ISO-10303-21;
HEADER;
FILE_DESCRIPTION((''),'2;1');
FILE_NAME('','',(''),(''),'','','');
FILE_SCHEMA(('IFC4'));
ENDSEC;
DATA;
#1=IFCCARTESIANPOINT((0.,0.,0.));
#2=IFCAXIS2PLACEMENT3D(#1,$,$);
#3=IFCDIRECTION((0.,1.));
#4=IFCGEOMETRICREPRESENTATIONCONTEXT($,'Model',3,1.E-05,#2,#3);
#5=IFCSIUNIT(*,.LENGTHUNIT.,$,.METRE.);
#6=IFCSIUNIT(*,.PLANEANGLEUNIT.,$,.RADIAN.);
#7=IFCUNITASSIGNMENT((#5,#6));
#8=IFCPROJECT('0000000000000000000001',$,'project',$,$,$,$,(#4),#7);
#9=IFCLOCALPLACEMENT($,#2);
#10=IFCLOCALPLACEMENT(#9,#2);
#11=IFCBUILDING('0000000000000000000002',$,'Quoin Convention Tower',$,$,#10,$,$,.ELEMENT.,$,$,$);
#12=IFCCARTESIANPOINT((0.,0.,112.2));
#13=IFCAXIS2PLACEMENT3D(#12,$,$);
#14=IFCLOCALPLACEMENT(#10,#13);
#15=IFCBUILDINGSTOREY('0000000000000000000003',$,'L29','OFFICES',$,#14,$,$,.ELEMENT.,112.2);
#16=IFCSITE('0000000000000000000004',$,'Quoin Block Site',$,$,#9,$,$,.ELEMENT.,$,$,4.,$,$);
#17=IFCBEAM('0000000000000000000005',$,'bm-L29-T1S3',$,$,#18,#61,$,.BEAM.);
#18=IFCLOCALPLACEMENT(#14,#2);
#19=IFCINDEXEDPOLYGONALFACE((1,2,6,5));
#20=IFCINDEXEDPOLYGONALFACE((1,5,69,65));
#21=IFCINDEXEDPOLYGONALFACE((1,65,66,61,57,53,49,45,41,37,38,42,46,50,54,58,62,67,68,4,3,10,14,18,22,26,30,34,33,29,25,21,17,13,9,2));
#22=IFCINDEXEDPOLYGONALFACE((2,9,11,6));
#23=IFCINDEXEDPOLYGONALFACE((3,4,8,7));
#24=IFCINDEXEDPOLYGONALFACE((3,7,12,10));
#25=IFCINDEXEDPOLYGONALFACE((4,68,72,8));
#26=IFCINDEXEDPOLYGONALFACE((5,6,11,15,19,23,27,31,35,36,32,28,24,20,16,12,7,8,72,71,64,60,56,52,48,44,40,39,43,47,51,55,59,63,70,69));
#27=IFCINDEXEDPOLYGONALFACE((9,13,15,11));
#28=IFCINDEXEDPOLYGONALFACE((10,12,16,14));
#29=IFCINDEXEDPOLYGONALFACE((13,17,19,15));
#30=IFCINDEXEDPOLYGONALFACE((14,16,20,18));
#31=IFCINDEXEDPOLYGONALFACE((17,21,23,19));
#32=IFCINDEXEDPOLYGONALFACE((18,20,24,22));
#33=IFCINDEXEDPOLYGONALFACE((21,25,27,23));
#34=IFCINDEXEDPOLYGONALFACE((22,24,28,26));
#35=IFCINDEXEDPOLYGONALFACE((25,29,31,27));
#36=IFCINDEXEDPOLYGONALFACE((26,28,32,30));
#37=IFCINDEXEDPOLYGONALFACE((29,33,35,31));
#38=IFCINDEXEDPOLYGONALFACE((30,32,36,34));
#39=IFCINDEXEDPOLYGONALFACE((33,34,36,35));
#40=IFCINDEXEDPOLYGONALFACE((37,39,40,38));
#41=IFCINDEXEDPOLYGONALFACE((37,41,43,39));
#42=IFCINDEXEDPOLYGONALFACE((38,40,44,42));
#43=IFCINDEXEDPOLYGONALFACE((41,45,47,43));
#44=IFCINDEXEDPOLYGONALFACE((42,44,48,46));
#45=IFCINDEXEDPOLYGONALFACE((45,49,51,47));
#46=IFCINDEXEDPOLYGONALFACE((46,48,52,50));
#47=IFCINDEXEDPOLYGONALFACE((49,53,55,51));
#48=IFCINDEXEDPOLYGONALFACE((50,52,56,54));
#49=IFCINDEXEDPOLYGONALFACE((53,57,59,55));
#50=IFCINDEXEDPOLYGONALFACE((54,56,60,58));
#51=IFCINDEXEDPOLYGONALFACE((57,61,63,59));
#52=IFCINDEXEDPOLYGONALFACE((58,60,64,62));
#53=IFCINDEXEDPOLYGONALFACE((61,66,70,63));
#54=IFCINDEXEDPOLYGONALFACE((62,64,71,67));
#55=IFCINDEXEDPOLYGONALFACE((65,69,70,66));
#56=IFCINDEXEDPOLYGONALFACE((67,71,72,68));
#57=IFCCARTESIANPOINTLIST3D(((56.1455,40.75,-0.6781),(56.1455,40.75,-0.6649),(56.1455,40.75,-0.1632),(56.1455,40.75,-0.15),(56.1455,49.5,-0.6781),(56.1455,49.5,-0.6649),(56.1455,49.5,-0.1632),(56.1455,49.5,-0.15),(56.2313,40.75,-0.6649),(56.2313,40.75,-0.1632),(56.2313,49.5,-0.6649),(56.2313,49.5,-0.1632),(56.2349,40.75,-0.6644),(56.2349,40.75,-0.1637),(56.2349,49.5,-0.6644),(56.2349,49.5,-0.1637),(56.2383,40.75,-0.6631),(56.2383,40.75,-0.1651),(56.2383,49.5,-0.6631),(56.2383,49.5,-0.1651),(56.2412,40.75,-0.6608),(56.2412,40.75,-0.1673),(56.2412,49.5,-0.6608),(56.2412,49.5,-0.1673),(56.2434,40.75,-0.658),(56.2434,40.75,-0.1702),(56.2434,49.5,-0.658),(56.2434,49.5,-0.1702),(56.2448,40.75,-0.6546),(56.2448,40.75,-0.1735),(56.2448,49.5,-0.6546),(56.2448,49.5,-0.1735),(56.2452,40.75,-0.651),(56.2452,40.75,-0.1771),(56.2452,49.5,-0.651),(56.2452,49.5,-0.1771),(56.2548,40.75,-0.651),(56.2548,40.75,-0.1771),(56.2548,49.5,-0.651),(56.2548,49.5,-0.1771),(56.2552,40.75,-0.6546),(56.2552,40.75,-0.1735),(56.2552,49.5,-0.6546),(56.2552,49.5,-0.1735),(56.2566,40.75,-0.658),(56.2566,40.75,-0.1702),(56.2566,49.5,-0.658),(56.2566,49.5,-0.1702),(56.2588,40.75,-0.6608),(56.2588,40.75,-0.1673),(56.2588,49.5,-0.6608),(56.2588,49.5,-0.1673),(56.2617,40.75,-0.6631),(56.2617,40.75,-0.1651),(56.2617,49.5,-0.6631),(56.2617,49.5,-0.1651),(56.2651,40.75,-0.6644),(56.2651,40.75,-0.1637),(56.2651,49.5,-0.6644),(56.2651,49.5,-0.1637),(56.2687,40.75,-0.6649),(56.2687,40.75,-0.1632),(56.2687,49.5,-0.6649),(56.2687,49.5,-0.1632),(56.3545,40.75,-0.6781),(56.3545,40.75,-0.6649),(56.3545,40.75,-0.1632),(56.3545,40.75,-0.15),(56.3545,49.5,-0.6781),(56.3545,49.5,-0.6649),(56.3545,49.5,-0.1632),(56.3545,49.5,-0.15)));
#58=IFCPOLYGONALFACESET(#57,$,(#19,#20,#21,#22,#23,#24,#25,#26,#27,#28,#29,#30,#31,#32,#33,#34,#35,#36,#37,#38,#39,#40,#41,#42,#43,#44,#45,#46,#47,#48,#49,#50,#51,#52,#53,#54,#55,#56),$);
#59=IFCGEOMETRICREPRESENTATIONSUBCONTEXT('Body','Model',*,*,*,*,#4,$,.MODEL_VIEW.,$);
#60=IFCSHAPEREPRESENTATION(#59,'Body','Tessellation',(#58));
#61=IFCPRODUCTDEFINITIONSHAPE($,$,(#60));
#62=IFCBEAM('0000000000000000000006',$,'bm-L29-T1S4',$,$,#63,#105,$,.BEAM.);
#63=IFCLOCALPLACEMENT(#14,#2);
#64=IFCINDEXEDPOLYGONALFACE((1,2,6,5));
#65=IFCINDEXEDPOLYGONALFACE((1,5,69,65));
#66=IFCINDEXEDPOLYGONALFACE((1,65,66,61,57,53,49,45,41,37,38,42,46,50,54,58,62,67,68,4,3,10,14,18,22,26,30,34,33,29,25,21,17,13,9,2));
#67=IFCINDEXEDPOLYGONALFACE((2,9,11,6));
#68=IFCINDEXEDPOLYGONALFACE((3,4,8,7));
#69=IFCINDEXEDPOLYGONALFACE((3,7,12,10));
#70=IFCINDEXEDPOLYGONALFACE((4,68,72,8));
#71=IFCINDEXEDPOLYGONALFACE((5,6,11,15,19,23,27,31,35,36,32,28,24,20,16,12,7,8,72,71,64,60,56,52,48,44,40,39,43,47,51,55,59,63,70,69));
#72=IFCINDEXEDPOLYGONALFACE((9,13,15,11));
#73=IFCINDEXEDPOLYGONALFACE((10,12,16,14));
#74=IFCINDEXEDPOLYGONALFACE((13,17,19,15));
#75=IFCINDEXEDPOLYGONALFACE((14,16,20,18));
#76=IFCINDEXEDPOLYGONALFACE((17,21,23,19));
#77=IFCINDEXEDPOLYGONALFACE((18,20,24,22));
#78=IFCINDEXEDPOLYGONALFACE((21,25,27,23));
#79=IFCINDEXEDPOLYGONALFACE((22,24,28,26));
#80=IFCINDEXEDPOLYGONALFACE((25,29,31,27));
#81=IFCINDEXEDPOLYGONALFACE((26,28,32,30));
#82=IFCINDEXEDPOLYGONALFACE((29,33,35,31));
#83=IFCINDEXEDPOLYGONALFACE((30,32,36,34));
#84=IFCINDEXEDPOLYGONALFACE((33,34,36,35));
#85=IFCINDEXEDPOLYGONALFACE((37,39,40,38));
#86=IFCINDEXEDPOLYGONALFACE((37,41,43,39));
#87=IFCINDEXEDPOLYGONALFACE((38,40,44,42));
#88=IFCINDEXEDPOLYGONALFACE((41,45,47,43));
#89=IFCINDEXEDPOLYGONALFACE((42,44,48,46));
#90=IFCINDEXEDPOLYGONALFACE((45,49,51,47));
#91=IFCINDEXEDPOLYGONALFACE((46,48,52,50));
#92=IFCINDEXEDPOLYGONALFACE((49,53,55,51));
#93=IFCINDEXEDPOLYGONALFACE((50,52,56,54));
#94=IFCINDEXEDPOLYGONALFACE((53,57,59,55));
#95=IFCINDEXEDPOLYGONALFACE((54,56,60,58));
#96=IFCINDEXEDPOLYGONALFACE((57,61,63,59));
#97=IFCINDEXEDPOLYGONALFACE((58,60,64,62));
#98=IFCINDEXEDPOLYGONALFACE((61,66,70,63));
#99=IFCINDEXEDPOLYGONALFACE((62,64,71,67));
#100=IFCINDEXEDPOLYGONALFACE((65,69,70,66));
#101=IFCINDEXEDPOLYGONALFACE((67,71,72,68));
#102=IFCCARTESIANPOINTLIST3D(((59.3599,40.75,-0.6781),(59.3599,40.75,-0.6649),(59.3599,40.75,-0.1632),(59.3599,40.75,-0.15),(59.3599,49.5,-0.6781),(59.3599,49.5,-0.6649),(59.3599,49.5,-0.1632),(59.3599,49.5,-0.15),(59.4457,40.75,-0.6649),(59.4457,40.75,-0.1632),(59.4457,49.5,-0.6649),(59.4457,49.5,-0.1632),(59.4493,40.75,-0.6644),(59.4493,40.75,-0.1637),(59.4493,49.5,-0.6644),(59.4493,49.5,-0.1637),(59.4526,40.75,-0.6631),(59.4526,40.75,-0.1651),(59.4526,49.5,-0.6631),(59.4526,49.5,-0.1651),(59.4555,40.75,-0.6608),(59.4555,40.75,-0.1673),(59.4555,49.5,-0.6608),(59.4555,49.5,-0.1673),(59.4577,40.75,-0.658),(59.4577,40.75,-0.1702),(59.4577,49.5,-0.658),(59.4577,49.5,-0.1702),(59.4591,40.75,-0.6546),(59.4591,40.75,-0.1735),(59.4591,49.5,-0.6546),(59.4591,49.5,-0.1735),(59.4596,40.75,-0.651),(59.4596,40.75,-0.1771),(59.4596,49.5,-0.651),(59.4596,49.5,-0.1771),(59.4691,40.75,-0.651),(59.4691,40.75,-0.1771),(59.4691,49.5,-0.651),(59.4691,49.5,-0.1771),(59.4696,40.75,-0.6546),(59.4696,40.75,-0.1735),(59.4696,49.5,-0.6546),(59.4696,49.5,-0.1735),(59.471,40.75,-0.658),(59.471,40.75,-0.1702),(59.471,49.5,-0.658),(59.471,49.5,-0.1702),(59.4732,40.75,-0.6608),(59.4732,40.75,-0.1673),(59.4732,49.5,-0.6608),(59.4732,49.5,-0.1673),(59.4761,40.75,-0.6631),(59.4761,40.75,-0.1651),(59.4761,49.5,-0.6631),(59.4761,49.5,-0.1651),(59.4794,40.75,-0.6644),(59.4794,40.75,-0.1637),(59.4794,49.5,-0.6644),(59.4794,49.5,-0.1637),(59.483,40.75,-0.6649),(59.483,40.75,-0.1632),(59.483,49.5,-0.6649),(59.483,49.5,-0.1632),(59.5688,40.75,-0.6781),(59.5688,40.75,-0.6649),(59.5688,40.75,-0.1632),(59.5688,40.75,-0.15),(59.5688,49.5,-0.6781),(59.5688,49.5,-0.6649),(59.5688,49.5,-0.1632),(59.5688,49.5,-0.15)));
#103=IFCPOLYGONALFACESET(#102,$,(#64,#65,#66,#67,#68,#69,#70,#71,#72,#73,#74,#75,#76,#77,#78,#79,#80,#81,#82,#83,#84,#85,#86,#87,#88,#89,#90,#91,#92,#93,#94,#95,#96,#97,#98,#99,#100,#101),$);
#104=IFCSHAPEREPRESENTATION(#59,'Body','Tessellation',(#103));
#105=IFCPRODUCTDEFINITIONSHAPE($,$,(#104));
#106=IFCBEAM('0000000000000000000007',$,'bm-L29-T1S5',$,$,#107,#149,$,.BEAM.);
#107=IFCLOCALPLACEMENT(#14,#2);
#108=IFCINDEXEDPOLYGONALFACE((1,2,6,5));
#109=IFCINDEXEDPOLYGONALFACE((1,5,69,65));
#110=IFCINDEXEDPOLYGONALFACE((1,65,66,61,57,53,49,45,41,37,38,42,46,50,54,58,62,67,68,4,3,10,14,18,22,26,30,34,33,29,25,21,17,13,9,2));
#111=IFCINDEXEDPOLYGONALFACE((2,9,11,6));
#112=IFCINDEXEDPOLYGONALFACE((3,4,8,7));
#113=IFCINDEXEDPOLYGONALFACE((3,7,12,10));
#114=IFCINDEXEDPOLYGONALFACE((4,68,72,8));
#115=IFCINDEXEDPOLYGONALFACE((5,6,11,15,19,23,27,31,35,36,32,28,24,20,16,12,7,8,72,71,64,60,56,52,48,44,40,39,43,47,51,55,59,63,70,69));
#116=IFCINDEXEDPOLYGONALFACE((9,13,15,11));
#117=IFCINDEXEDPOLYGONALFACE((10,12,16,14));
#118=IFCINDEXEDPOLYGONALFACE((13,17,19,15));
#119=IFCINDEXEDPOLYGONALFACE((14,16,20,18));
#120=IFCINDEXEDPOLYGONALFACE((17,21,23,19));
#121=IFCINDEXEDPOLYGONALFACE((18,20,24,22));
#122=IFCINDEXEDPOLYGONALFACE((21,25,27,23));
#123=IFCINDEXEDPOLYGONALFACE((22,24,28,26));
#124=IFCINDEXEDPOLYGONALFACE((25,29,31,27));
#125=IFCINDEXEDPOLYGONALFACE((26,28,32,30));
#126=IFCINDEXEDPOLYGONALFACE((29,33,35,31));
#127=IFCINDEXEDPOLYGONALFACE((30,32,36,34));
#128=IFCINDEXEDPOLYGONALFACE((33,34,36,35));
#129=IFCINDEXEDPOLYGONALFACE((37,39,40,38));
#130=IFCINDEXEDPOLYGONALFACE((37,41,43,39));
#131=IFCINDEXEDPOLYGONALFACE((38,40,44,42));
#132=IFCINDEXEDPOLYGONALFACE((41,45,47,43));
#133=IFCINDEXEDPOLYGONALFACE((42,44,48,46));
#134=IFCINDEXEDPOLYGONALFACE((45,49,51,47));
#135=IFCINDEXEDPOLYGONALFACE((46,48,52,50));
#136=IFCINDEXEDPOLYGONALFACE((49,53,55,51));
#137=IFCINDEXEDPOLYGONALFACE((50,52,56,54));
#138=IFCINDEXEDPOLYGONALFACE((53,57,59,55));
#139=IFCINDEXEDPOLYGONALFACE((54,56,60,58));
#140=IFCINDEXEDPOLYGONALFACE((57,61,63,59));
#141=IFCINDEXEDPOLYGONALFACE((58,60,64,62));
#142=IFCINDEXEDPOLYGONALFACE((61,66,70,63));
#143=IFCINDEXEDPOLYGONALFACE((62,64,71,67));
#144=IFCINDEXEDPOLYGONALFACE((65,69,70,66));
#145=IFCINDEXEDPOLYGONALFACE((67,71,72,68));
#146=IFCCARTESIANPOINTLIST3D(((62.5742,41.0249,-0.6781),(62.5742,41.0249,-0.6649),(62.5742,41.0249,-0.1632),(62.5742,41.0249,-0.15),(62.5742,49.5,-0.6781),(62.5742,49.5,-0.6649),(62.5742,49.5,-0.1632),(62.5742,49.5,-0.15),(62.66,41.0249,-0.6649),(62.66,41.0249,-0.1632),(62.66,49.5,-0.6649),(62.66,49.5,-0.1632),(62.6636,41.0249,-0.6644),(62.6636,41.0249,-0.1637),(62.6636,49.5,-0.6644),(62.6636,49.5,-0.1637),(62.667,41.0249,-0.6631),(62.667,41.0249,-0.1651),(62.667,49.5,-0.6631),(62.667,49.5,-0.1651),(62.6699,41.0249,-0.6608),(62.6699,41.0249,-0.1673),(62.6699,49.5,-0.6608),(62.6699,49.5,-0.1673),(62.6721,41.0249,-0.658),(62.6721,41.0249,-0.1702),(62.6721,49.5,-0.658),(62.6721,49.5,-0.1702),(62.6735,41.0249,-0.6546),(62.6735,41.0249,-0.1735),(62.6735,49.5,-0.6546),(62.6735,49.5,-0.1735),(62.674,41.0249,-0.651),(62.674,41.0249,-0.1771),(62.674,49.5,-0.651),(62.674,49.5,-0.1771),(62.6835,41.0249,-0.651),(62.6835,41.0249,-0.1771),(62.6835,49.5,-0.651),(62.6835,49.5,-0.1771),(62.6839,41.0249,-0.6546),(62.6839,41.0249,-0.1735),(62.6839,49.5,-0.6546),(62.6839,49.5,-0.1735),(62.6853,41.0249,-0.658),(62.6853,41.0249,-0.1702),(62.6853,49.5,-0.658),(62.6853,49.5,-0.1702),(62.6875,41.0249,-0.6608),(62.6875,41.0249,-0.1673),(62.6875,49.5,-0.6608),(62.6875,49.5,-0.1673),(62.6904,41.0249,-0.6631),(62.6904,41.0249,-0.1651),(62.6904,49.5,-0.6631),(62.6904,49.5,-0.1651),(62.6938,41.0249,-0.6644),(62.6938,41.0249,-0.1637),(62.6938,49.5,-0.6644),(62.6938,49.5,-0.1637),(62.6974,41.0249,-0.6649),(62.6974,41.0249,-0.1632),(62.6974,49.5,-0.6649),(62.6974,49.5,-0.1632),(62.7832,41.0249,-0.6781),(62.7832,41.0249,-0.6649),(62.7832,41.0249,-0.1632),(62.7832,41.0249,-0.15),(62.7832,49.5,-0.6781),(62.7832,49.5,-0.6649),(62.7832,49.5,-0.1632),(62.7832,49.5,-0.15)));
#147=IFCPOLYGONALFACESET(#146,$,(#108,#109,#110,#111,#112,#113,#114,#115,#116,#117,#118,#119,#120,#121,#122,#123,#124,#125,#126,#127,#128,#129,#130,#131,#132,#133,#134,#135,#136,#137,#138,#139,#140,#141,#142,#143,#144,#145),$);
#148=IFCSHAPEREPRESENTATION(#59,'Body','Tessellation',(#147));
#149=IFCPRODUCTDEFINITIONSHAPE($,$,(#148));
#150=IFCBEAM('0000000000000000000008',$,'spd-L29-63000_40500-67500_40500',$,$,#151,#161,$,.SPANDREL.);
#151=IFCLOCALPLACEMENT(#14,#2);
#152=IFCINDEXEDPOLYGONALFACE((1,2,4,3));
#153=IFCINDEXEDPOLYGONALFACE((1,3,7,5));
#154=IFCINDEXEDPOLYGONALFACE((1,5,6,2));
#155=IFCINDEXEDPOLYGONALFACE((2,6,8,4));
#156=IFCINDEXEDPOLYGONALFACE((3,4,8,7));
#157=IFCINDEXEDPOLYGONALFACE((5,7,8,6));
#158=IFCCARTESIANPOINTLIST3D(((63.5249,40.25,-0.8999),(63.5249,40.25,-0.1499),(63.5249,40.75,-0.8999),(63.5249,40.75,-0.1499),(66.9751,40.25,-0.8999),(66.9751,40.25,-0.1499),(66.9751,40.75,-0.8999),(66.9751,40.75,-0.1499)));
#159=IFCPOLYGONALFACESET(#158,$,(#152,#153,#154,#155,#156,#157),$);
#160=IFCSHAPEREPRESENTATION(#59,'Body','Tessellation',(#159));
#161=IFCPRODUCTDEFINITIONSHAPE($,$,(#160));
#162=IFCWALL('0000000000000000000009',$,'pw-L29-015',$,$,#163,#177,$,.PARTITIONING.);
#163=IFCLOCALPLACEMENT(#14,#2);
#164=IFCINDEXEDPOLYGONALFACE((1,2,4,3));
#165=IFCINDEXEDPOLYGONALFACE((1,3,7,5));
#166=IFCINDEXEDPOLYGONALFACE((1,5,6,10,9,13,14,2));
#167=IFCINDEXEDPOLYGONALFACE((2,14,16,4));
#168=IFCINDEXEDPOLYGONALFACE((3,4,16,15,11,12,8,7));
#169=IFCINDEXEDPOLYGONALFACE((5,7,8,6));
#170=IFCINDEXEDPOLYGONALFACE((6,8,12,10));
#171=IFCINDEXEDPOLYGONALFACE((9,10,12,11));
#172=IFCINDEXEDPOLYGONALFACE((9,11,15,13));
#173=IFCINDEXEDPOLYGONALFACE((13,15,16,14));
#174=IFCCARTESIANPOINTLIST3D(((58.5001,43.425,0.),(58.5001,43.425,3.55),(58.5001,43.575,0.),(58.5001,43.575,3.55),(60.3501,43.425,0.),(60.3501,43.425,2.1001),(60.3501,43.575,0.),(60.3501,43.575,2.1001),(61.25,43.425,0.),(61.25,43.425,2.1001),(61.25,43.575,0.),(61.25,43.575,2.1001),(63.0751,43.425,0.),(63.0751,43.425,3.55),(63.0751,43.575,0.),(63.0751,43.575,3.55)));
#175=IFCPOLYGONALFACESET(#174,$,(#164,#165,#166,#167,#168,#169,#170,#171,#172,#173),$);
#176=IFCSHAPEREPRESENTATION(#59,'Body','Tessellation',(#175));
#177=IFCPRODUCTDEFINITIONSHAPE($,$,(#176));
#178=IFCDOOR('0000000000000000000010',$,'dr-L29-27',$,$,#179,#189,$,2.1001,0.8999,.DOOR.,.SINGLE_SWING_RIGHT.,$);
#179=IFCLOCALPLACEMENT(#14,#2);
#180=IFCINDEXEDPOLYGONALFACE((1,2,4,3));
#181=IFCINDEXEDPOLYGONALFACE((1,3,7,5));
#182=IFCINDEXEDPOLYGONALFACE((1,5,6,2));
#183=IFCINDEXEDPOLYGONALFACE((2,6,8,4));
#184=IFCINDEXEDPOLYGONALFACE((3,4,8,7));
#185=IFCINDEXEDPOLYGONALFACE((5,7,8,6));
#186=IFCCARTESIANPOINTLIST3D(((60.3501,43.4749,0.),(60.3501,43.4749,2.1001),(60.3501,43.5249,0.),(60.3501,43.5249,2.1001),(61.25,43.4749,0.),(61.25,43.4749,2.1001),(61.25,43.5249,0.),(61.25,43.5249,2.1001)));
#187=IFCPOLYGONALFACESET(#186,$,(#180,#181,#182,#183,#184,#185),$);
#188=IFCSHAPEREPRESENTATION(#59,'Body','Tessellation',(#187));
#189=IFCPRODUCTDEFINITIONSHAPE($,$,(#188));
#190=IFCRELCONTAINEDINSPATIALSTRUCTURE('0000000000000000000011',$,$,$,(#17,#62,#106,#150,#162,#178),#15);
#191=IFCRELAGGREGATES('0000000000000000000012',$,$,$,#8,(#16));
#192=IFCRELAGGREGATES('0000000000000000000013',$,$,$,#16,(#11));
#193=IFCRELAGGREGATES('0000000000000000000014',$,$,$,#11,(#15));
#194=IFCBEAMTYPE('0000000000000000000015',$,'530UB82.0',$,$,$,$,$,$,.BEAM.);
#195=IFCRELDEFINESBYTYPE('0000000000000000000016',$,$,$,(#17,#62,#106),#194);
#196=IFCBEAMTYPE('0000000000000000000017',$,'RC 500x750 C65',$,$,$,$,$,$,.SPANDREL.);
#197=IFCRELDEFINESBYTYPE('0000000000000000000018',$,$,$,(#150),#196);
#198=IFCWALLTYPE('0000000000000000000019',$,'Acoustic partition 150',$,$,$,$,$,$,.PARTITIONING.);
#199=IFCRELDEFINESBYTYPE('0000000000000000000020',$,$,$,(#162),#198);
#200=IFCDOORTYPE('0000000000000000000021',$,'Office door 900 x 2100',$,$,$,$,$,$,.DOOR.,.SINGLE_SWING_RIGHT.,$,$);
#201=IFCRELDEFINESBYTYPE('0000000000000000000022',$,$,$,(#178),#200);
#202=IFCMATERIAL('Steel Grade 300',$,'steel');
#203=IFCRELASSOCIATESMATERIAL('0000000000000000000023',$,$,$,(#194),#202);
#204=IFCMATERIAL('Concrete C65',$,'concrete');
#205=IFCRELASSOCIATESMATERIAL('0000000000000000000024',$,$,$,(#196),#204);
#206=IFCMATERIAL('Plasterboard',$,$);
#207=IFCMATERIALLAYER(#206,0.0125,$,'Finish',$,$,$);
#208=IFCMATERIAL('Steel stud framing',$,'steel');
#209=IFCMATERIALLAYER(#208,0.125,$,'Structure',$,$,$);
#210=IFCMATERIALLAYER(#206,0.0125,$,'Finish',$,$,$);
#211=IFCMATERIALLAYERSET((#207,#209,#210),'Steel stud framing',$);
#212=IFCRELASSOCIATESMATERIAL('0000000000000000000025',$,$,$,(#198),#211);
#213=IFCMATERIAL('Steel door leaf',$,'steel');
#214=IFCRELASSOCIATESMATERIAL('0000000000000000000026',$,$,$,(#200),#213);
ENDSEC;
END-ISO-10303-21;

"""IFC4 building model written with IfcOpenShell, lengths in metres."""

from ifc_helpers import new_model, si_unit, direction, frame, frame_2d, origin, origin_2d, place, context, subcontext, project, spatial, rectangle, i_section, extrude, material, layer, layer_set, material_profile, profile_set, type_object, element, fill, save


model = new_model("IFC4")

# Units and contexts
model_context = context("Model", 3, precision=1e-05, world=origin(), true_north=direction((0.0, 1.0)))
body_context = subcontext(model_context, "Body", "Model", "MODEL_VIEW")
ifc_project = project(units=[si_unit("LENGTHUNIT", "METRE"), si_unit("PLANEANGLEUNIT", "RADIAN")], contexts=[model_context])

# Site, building, storey
site_placement = place(None, origin())
site = spatial("IfcSite", under=ifc_project, at=site_placement, Name="Quoin Block Site", CompositionType="ELEMENT", RefElevation=4.0)
building_placement = place(site_placement, origin())
building = spatial("IfcBuilding", under=site, at=building_placement, Name="Quoin Convention Tower", CompositionType="ELEMENT")
storey_placement = place(building_placement, frame((0.0, 0.0, 112.2)))
storey = spatial("IfcBuildingStorey", under=building, at=storey_placement, Name="L29", Description="OFFICES", CompositionType="ELEMENT", Elevation=112.2)

# Beams
ifc_material_1 = material(Name="Steel Grade 300", Category="steel")
ifc_material_profile_1 = material_profile(ifc_material_1, i_section(OverallWidth=0.209, OverallDepth=0.5281, WebThickness=0.0095, FlangeThickness=0.0132, FilletRadius=0.0139, at=origin_2d()), Name="530UB82.0")
ifc_profile_set_1 = profile_set([ifc_material_profile_1], Name="Steel Grade 300")
beam_type_1 = type_object("IfcBeamType", Name="530UB82.0", PredefinedType="BEAM", material=ifc_profile_set_1)
for number, where, z_axis, x_axis, name in (
    (1, (56.25, 40.75, -0.4141), (0.0, 1.0, 0.0), (-1.0, 0.0, 0.0), "bm-L29-T1S3"),
    (2, (59.4644, 40.75, -0.4141), (0.0, 1.0, 0.0), (-1.0, 0.0, 0.0), "bm-L29-T1S4"),
):
    element("IfcBeam", number, at=place(storey_placement, frame(where, z_axis=z_axis, x_axis=x_axis)), inside=storey, type_object=beam_type_1, Name=name, PredefinedType="BEAM", context=body_context, shape_type="SweptSolid", body=[
        extrude(i_section(OverallWidth=0.209, OverallDepth=0.5281, WebThickness=0.0095, FlangeThickness=0.0132, FilletRadius=0.0139, at=origin_2d()), origin(), (0.0, 0.0, 1.0), 8.75),
    ])
beam_1_placement = place(storey_placement, frame((62.6787, 41.0249, -0.4141), z_axis=(0.0, 1.0, 0.0), x_axis=(-1.0, 0.0, 0.0)))
element("IfcBeam", 3, at=beam_1_placement, inside=storey, type_object=beam_type_1, Name="bm-L29-T1S5", PredefinedType="BEAM", context=body_context, shape_type="SweptSolid", body=[
    extrude(i_section(OverallWidth=0.209, OverallDepth=0.5281, WebThickness=0.0095, FlangeThickness=0.0132, FilletRadius=0.0139, at=origin_2d()), origin(), (0.0, 0.0, 1.0), 8.4751),
])
ifc_material_2 = material(Name="Concrete C65", Category="concrete")
ifc_material_profile_2 = material_profile(ifc_material_2, rectangle(XDim=0.5, YDim=0.75, at=origin_2d()), Name="RC 500x750")
ifc_profile_set_2 = profile_set([ifc_material_profile_2], Name="Concrete C65")
beam_type_2 = type_object("IfcBeamType", Name="RC 500x750 C65", PredefinedType="SPANDREL", material=ifc_profile_set_2)
beam_2_placement = place(storey_placement, frame((63.5249, 40.5, -0.5249), z_axis=(1.0, 0.0, 0.0), x_axis=(0.0, 1.0, 0.0)))
element("IfcBeam", 4, at=beam_2_placement, inside=storey, type_object=beam_type_2, Name="spd-L29-63000_40500-67500_40500", PredefinedType="SPANDREL", context=body_context, shape_type="SweptSolid", body=[
    extrude(rectangle(XDim=0.5, YDim=0.75, at=origin_2d()), origin(), (0.0, 0.0, 1.0), 3.4502),
])

# Wall, opening, door
ifc_material_3 = material(Name="Plasterboard")
ifc_layer_1 = layer(ifc_material_3, 0.0125, Name="Finish")
ifc_material_4 = material(Name="Steel stud framing", Category="steel")
ifc_layer_2 = layer(ifc_material_4, 0.125, Name="Structure")
ifc_layer_3 = layer(ifc_material_3, 0.0125, Name="Finish")
ifc_layer_set_1 = layer_set([ifc_layer_1, ifc_layer_2, ifc_layer_3], Name="Steel stud framing")
wall_type_1 = type_object("IfcWallType", Name="Acoustic partition 150", PredefinedType="PARTITIONING", material=ifc_layer_set_1)
wall_1_placement = place(storey_placement, frame((58.5, 43.5, 0.0), z_axis=(0.0, 0.0, 1.0), x_axis=(1.0, 0.0, 0.0)))
wall_1 = element("IfcWall", 5, at=wall_1_placement, inside=storey, type_object=wall_type_1, Name="pw-L29-015", PredefinedType="PARTITIONING", context=body_context, shape_type="SweptSolid", body=[
    extrude(rectangle(XDim=4.575, YDim=0.1499, at=frame_2d((2.2876, 0.0))), origin(), (0.0, 0.0, 1.0), 3.55),
])
opening_1_placement = place(wall_1_placement, frame((1.8501, 0.0, 0.0)))
opening_1 = element("IfcOpeningElement", 6, at=opening_1_placement, cuts=wall_1, PredefinedType="OPENING", context=body_context, shape_type="SweptSolid", body=[
    extrude(rectangle(XDim=0.8999, YDim=2.1001, at=frame_2d((0.45, 1.05))), frame((0.0, 0.085, 0.0), z_axis=(0.0, -1.0, 0.0), x_axis=(1.0, 0.0, 0.0)), (0.0, 0.0, 1.0), 0.1699),
])
ifc_material_5 = material(Name="Steel door leaf", Category="steel")
door_type = type_object("IfcDoorType", Name="Office door 900 x 2100", OperationType="SINGLE_SWING_RIGHT", PredefinedType="DOOR", material=ifc_material_5)
door_1_placement = place(opening_1_placement, origin())
door_1 = element("IfcDoor", 7, at=door_1_placement, inside=storey, type_object=door_type, Name="dr-L29-27", OperationType="SINGLE_SWING_RIGHT", OverallHeight=2.1001, OverallWidth=0.8999, PredefinedType="DOOR", context=body_context, shape_type="SweptSolid", body=[
    extrude(rectangle(XDim=0.8999, YDim=2.1001, at=frame_2d((0.45, 1.05))), frame((0.0, 0.0249, 0.0), z_axis=(0.0, -1.0, 0.0), x_axis=(1.0, 0.0, 0.0)), (0.0, 0.0, 1.0), 0.05),
])
fill(opening_1, door_1)

save(model, "model.ifc")
